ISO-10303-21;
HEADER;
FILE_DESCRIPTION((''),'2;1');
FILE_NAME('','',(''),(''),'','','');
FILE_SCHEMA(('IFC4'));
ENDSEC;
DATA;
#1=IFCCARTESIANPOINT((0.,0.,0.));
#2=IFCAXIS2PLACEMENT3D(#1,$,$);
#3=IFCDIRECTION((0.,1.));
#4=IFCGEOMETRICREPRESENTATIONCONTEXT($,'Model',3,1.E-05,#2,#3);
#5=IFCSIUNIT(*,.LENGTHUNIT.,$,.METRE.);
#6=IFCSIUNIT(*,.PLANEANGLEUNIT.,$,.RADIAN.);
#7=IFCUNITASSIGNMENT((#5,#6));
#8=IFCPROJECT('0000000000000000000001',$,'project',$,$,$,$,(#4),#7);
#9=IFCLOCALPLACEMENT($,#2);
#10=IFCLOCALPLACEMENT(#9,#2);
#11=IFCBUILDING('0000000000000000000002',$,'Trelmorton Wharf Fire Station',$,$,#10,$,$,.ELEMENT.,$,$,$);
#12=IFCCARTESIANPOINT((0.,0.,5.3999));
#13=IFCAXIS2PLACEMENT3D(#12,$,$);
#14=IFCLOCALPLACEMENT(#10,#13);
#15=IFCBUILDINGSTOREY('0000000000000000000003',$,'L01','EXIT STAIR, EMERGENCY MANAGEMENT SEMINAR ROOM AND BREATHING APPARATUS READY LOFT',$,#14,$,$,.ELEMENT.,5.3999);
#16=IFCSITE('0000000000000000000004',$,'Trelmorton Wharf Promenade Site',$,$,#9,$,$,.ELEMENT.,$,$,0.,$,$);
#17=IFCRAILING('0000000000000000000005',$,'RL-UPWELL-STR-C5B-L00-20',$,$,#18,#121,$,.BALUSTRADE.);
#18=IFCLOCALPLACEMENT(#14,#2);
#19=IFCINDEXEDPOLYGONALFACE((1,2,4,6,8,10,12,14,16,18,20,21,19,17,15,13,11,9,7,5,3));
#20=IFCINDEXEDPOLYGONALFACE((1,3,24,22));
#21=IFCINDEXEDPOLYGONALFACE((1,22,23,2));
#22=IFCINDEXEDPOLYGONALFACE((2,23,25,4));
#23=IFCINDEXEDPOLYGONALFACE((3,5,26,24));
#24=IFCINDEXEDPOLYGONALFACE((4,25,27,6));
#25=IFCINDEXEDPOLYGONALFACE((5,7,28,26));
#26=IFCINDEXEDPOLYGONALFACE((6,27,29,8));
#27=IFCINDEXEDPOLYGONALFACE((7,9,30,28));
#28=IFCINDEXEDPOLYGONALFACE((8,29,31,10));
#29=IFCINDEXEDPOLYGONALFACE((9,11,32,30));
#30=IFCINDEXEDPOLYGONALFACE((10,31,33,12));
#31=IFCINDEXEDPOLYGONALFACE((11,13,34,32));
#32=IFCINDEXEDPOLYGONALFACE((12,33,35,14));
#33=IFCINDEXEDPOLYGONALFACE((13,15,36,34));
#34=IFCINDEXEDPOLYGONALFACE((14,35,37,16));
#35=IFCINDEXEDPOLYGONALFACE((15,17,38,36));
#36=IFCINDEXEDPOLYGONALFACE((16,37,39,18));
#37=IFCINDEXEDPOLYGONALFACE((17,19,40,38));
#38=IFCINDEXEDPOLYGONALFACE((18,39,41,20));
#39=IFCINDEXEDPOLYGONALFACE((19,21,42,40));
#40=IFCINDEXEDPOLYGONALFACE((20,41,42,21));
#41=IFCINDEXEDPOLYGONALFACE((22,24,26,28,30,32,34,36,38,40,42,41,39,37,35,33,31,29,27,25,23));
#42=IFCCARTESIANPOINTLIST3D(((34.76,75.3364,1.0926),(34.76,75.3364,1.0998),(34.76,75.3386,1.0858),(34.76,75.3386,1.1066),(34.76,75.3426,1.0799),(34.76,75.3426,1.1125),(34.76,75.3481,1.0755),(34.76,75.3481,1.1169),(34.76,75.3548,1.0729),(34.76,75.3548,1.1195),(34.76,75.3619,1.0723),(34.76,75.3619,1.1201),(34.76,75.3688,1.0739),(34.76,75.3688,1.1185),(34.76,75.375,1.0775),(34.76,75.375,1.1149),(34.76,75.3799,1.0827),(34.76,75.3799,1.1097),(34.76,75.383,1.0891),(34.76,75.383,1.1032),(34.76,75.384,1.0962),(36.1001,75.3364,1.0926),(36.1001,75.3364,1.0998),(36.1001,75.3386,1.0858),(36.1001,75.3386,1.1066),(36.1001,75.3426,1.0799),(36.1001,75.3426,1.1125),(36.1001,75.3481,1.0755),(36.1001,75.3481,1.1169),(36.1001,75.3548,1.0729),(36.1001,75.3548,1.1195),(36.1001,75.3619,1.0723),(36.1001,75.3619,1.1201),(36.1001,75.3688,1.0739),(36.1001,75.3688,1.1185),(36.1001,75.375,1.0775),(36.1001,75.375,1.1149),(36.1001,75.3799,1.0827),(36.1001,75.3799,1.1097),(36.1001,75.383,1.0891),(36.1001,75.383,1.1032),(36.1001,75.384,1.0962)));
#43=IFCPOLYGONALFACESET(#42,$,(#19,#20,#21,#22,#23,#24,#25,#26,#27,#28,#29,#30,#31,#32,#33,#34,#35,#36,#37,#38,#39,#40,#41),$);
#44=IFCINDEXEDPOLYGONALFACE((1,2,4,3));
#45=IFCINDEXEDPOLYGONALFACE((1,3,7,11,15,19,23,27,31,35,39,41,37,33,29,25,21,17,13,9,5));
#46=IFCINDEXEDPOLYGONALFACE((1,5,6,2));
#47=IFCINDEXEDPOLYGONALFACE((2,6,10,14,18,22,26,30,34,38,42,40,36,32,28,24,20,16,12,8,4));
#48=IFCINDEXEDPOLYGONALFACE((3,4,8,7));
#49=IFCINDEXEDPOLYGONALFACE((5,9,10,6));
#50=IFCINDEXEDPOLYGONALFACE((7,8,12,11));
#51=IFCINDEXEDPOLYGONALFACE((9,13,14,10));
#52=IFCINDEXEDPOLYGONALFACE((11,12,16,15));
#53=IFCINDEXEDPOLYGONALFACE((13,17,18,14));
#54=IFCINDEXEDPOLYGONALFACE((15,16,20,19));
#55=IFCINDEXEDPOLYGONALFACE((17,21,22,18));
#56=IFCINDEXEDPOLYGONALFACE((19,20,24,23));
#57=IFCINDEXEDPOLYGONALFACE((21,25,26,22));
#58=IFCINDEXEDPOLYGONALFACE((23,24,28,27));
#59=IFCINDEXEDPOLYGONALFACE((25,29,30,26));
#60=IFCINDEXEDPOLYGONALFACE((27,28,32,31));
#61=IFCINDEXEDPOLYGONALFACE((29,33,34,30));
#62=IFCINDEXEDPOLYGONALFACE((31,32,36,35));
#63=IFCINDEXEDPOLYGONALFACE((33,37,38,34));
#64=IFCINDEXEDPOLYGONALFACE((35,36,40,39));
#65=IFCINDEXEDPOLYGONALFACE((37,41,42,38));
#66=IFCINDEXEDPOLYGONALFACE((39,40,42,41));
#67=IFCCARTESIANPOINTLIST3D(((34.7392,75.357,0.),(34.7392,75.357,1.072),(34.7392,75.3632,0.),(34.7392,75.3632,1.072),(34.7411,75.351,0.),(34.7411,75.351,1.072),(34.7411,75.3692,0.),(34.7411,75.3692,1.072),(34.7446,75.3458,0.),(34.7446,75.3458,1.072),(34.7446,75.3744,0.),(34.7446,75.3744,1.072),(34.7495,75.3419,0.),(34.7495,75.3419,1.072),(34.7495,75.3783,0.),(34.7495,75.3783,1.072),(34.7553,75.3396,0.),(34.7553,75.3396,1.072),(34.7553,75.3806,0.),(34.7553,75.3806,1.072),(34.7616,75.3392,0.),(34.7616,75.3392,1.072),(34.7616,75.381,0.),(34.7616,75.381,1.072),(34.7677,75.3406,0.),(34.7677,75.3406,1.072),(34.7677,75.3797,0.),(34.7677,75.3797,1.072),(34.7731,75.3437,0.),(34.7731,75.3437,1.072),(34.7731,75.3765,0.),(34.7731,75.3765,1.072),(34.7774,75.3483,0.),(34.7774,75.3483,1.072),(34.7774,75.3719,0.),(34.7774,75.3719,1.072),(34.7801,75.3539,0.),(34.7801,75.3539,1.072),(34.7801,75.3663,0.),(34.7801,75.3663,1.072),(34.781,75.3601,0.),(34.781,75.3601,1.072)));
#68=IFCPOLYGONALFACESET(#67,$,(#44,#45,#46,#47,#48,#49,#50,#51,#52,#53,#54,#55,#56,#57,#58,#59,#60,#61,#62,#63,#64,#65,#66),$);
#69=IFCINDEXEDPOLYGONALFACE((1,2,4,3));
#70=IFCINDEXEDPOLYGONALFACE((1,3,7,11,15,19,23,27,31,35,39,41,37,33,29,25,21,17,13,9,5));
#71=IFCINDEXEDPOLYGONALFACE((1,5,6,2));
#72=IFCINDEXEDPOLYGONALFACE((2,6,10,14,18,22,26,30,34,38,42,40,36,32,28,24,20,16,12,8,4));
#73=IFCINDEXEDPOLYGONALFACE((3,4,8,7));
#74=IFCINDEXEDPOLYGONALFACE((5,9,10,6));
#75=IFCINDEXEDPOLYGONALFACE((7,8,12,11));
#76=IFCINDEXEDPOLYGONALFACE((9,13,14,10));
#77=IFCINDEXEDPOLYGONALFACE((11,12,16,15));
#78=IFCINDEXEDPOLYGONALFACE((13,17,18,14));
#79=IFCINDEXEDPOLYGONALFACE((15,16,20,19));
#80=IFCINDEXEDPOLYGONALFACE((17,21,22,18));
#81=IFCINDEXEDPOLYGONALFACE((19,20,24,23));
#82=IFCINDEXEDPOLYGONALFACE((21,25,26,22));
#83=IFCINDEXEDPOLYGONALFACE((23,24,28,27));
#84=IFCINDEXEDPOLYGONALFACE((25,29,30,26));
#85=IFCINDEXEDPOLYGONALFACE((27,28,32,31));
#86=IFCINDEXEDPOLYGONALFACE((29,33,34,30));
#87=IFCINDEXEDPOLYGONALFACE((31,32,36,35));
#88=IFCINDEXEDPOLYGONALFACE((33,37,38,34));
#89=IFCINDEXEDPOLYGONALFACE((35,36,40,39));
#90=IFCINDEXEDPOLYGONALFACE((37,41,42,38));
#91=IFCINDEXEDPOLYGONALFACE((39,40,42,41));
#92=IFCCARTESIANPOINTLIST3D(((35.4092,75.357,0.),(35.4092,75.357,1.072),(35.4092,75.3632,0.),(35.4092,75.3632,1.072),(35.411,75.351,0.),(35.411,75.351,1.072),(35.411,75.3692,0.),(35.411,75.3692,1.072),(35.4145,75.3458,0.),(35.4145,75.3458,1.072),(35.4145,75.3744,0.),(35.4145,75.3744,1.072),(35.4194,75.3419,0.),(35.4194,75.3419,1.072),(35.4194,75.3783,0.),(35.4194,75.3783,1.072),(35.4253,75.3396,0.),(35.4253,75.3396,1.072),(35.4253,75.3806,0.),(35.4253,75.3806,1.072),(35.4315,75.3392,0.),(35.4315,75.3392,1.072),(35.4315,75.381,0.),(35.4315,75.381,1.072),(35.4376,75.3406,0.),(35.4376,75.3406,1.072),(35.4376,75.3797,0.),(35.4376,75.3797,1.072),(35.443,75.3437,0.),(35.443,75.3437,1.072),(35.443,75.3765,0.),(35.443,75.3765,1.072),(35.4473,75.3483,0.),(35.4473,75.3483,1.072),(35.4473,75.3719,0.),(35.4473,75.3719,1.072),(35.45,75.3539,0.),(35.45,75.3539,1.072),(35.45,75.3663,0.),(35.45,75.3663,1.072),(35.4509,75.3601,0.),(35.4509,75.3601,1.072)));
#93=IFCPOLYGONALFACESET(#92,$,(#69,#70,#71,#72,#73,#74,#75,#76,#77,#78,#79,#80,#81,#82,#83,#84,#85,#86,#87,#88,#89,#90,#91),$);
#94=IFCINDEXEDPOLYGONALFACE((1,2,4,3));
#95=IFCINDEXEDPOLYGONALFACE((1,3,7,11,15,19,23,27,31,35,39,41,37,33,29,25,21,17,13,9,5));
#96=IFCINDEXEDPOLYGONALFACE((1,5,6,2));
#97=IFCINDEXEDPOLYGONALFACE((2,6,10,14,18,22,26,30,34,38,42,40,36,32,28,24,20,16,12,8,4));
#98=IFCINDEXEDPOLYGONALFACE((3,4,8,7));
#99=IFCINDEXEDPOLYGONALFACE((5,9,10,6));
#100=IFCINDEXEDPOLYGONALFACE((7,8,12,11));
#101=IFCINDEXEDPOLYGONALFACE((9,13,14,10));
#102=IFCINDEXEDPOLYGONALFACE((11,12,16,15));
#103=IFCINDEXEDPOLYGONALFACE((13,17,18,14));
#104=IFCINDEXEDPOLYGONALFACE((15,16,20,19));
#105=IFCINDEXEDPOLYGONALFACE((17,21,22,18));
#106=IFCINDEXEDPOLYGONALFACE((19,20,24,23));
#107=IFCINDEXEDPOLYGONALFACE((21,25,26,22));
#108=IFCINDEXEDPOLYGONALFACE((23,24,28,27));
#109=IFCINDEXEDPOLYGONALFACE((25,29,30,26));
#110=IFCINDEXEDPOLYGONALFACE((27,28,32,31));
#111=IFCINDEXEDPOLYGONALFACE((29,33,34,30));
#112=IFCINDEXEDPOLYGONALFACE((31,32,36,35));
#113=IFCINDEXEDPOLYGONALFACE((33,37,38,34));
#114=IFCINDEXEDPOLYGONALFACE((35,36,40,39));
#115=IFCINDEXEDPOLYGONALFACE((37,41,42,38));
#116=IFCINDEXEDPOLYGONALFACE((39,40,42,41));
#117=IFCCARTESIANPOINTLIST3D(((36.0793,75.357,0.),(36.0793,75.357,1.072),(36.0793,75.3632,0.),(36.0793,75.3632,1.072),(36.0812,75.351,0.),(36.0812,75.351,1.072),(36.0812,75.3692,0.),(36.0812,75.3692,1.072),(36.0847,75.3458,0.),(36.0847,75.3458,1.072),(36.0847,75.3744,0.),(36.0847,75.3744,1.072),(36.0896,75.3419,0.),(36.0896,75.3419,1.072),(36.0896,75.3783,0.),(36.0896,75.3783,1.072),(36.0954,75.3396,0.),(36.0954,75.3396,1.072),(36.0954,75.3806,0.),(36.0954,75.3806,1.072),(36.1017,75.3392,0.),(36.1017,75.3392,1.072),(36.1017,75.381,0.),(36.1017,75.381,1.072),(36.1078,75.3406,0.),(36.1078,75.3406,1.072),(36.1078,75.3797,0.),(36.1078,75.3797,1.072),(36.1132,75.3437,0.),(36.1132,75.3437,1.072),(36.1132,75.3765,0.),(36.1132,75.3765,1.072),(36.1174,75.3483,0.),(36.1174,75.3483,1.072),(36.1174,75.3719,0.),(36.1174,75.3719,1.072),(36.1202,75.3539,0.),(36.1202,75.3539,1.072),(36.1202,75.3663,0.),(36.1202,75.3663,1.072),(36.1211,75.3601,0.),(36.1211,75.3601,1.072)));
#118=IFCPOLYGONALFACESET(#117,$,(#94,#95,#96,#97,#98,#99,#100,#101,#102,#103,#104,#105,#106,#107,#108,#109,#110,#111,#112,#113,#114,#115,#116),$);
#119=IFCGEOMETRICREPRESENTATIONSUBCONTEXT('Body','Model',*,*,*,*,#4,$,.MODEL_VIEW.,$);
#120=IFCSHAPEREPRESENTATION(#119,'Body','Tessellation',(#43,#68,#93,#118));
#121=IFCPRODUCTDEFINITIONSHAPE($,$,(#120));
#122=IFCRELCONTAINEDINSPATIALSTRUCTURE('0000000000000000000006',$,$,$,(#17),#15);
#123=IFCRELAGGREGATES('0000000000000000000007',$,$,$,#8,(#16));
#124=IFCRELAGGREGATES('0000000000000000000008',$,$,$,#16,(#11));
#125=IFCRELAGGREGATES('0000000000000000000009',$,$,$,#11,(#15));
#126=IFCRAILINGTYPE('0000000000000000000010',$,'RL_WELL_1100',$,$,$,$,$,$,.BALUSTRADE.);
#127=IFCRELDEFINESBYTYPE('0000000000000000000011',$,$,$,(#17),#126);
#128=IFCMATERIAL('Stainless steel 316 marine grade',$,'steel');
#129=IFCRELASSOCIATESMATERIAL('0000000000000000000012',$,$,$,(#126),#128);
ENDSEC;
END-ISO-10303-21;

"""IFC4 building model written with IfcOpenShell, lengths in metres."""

from ifc_helpers import new_model, si_unit, direction, frame, origin, origin_2d, place, context, subcontext, project, spatial, circle, extrude, material, type_object, element, save


model = new_model("IFC4")

# Units and contexts
model_context = context("Model", 3, precision=1e-05, world=origin(), true_north=direction((0.0, 1.0)))
body_context = subcontext(model_context, "Body", "Model", "MODEL_VIEW")
ifc_project = project(units=[si_unit("LENGTHUNIT", "METRE"), si_unit("PLANEANGLEUNIT", "RADIAN")], contexts=[model_context])

# Site, building, storey
site_placement = place(None, origin())
site = spatial("IfcSite", under=ifc_project, at=site_placement, Name="Trelmorton Wharf Promenade Site", CompositionType="ELEMENT", RefElevation=0.0)
building_placement = place(site_placement, origin())
building = spatial("IfcBuilding", under=site, at=building_placement, Name="Trelmorton Wharf Fire Station", CompositionType="ELEMENT")
storey_placement = place(building_placement, frame((0.0, 0.0, 5.3999)))
storey = spatial("IfcBuildingStorey", under=building, at=storey_placement, Name="L01", Description="EXIT STAIR, EMERGENCY MANAGEMENT SEMINAR ROOM AND BREATHING APPARATUS READY LOFT", CompositionType="ELEMENT", Elevation=5.3999)

# Railing
ifc_material_1 = material(Name="Stainless steel 316 marine grade", Category="steel")
railing_type_1 = type_object("IfcRailingType", Name="RL_WELL_1100", PredefinedType="BALUSTRADE", material=ifc_material_1)
railing_1_placement = place(storey_placement, frame((34.76, 75.3601, 0.0)))
element("IfcRailing", 1, at=railing_1_placement, inside=storey, type_object=railing_type_1, Name="RL-UPWELL-STR-C5B-L00-20", PredefinedType="BALUSTRADE", context=body_context, shape_type="SweptSolid", body=[
    extrude(circle(Radius=0.0239, at=origin_2d()), frame((0.0, 0.0, 1.0962), z_axis=(1.0, 0.0, 0.0), x_axis=(0.0, 1.0, 0.0)), (0.0, 0.0, 1.0), 1.3401),
    extrude(circle(Radius=0.021, at=origin_2d()), origin(), (0.0, 0.0, 1.0), 1.072),
    extrude(circle(Radius=0.021, at=origin_2d()), frame((0.6699, 0.0, 0.0)), (0.0, 0.0, 1.0), 1.072),
    extrude(circle(Radius=0.021, at=origin_2d()), frame((1.3401, 0.0, 0.0)), (0.0, 0.0, 1.0), 1.072),
])

save(model, "model.ifc")
